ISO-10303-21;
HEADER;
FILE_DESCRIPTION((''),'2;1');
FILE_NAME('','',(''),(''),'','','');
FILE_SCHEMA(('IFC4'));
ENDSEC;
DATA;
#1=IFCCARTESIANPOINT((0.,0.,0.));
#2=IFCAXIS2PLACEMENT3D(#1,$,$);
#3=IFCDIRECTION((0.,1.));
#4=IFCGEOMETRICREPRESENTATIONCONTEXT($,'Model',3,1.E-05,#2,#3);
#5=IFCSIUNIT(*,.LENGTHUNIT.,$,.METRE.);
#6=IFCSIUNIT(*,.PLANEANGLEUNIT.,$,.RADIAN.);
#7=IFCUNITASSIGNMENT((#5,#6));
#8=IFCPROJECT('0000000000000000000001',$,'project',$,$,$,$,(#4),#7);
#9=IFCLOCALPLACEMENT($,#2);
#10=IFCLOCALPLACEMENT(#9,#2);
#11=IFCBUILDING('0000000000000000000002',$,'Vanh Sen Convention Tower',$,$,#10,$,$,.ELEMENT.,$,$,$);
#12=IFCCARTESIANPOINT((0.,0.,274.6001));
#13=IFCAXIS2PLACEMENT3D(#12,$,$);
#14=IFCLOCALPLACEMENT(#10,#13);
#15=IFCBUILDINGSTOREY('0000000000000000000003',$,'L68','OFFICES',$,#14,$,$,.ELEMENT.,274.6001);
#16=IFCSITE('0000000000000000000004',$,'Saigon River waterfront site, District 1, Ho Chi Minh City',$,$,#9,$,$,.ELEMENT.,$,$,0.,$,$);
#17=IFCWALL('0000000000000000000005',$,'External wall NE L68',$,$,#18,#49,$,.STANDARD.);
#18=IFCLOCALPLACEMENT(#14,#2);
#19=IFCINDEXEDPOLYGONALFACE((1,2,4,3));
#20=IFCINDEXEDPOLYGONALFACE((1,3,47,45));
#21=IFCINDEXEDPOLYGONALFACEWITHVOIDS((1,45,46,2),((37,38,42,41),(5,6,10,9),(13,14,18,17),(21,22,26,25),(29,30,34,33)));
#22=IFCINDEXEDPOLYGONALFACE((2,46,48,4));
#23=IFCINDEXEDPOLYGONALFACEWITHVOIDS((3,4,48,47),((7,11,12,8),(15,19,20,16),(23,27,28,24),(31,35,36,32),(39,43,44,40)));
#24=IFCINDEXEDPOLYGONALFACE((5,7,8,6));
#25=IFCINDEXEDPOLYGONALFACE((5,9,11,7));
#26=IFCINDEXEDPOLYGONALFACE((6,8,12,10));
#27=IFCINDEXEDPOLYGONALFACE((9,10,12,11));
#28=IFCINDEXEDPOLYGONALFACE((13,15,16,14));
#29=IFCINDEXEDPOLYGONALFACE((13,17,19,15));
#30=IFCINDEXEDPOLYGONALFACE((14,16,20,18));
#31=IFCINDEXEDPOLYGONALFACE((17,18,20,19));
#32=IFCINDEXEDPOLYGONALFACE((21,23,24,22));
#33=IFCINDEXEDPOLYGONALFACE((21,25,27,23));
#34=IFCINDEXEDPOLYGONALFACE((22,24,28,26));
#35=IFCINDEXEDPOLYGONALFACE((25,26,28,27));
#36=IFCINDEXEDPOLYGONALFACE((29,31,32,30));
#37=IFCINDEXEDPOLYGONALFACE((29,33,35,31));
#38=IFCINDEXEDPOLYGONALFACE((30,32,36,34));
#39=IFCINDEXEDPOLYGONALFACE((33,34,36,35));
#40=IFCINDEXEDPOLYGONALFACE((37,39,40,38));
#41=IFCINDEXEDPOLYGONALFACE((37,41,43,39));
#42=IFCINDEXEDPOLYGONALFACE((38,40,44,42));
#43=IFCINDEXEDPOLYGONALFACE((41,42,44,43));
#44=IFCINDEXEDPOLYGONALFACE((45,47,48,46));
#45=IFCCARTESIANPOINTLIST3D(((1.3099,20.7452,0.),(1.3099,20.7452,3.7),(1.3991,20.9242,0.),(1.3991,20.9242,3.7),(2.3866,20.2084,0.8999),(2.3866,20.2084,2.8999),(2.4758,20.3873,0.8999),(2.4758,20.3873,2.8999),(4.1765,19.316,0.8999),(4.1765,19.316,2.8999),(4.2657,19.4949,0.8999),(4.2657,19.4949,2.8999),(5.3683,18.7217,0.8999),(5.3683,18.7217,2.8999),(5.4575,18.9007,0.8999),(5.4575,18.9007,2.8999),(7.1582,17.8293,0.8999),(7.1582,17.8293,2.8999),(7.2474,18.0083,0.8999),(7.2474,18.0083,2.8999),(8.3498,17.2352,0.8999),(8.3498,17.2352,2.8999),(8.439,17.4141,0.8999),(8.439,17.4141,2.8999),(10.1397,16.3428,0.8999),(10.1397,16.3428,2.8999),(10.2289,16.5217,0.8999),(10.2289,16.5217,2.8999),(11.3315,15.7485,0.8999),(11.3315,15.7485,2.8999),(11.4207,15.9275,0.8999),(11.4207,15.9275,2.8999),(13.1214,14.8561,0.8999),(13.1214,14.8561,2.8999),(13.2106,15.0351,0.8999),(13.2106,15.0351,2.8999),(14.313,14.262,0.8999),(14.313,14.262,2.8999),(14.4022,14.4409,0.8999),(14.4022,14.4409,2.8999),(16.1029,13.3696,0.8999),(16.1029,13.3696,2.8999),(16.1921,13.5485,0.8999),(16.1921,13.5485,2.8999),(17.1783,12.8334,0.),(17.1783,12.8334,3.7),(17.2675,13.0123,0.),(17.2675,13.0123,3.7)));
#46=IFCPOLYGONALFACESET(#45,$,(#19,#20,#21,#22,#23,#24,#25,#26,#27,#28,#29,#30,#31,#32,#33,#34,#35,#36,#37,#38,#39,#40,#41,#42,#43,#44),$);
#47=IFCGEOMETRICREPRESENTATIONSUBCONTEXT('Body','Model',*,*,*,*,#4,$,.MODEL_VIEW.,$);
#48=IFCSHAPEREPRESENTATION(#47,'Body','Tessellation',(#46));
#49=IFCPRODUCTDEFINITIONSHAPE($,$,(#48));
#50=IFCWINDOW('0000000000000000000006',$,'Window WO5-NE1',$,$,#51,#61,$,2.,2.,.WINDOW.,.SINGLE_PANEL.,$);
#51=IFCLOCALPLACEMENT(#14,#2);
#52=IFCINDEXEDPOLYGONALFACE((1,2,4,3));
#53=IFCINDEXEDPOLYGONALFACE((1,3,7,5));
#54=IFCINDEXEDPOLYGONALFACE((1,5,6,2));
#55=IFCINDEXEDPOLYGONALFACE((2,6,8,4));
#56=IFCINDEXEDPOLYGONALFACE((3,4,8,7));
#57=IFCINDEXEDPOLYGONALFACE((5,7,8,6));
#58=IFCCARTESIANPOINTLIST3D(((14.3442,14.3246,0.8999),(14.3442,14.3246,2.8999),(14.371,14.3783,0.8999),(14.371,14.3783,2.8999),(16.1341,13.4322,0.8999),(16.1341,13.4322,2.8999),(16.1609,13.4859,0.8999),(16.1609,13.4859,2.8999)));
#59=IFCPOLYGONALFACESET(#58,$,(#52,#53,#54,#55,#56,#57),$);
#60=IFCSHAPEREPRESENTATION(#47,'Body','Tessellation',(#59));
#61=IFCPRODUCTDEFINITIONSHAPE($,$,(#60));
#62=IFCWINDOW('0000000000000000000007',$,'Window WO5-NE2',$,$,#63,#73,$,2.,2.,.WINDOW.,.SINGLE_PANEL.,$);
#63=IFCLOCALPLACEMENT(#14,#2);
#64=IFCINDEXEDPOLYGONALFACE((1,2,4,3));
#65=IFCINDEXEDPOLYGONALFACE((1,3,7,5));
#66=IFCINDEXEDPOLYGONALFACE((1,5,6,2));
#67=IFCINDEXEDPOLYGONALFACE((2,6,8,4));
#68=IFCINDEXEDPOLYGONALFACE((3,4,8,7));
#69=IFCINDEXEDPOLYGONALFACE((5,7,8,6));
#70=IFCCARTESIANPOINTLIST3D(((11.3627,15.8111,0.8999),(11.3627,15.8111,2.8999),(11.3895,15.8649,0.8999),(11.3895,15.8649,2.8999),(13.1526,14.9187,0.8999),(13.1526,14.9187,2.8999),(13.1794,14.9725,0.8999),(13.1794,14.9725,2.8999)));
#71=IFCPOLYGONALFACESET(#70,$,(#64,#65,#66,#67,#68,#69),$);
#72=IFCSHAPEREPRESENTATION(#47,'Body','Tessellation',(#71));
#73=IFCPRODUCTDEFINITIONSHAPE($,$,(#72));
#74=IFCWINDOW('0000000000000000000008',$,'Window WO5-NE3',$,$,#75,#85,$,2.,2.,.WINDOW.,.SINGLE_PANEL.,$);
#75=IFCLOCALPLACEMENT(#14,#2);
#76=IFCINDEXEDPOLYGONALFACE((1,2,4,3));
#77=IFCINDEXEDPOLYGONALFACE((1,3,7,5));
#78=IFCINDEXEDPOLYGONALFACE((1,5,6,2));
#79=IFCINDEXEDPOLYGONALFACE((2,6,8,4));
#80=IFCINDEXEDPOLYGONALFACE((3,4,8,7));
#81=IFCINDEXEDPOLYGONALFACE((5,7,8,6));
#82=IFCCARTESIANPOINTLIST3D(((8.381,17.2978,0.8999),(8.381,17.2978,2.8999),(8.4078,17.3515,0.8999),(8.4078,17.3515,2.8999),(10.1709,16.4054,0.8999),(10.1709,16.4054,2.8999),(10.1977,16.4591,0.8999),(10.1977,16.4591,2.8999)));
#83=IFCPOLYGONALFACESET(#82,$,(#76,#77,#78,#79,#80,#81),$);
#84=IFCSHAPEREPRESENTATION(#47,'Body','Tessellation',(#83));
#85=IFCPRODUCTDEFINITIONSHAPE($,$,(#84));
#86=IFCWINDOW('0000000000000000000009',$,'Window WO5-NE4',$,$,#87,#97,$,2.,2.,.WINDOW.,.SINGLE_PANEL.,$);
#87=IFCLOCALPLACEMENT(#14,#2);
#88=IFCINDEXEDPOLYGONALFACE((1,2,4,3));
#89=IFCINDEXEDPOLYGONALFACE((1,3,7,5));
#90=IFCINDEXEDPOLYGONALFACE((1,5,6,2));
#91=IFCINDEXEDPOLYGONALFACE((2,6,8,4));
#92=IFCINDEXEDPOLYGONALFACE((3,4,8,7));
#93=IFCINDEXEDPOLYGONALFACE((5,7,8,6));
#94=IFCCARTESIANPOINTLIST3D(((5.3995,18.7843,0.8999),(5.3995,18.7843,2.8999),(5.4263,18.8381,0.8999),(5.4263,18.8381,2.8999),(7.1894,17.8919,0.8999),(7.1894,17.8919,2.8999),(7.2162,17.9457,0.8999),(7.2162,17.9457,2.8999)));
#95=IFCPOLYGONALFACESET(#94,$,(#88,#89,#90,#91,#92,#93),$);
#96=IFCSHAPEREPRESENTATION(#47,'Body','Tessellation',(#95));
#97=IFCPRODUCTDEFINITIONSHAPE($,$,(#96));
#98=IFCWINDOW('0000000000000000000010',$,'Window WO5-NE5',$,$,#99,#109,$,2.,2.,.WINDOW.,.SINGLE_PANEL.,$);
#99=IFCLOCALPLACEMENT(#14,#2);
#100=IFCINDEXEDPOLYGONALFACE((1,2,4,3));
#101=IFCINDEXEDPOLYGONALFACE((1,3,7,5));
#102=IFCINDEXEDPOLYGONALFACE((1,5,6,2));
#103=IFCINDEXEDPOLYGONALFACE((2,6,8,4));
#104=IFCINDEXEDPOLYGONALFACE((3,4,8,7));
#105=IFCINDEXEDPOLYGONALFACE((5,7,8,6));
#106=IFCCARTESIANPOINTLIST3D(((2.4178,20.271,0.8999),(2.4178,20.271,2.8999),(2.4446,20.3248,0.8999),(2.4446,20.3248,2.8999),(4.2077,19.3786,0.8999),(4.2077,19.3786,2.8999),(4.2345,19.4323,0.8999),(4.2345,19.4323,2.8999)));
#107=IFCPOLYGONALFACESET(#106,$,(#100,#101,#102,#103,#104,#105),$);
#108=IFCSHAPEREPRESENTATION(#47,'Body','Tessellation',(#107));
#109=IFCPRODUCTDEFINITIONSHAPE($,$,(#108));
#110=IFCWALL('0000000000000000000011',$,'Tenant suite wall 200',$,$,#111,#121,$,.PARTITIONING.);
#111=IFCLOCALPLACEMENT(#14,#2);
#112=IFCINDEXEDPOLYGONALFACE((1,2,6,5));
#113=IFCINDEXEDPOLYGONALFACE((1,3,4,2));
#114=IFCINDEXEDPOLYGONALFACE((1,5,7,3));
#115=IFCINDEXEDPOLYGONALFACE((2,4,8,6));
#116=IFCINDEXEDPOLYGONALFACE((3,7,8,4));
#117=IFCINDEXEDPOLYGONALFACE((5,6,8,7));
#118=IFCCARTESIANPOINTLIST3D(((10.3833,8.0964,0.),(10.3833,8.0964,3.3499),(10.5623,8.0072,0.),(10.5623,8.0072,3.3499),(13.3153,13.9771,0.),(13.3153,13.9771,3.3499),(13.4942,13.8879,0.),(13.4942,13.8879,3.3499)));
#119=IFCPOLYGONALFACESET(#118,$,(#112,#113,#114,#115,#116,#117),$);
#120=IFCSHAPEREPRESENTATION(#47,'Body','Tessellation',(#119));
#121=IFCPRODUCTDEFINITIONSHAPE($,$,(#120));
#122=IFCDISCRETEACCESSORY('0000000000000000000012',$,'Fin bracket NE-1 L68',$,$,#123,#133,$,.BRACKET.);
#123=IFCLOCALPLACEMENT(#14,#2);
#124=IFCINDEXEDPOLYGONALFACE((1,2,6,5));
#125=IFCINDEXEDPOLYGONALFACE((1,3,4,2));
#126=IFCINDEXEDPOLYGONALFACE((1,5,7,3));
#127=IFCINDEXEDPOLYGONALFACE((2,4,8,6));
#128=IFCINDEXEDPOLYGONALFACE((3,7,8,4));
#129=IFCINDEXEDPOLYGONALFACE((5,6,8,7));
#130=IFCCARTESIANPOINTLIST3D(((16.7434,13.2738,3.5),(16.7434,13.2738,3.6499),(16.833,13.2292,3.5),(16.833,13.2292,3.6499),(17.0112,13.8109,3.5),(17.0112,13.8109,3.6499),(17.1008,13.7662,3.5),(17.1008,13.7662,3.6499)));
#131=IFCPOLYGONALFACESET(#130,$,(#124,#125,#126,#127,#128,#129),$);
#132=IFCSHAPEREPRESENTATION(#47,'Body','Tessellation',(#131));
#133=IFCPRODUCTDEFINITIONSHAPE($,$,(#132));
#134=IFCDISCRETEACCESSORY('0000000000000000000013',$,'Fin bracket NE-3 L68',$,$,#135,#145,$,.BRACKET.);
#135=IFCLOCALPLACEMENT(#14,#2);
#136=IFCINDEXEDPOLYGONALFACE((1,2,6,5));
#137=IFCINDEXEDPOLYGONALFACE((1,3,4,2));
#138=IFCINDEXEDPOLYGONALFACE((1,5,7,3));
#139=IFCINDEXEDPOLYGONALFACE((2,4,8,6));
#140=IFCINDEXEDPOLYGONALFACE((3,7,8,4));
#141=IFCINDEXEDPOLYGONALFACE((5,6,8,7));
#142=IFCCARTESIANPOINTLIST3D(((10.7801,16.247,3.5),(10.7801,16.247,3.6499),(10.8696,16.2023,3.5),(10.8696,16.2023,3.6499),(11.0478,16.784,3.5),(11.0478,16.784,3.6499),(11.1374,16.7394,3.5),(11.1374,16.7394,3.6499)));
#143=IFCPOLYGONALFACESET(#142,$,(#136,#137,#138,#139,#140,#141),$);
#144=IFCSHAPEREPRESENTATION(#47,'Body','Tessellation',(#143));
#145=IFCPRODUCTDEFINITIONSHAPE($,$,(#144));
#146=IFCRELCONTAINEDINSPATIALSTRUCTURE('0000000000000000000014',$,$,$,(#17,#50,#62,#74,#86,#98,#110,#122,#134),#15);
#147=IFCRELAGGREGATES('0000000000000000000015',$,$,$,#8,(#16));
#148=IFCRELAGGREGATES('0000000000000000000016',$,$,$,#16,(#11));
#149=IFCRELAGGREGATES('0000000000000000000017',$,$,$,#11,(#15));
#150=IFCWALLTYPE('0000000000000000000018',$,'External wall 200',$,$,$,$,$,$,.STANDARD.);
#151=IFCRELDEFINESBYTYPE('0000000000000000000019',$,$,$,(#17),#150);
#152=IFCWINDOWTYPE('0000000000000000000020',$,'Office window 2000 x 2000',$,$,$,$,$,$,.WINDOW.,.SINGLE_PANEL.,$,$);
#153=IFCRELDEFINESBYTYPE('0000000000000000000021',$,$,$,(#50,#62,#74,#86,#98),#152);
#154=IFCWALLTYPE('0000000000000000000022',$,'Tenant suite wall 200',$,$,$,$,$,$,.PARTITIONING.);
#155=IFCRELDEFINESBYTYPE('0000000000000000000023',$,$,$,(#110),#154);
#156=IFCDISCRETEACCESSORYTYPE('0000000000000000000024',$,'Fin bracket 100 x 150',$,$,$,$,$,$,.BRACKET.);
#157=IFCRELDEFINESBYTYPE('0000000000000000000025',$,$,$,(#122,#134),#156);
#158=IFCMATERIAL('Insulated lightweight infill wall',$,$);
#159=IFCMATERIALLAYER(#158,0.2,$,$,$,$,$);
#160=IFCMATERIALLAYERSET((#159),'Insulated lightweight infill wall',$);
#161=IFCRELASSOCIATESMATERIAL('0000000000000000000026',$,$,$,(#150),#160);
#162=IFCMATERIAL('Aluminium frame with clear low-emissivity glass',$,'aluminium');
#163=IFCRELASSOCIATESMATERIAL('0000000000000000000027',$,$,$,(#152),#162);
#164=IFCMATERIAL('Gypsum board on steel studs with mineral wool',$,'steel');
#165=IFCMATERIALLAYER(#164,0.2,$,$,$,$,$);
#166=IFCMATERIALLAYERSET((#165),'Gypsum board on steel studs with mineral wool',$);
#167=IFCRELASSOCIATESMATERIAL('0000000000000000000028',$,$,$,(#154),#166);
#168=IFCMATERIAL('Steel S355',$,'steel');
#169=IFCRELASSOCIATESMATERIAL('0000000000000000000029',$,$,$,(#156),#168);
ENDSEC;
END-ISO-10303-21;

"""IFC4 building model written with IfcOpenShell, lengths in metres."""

from ifc_helpers import new_model, si_unit, direction, frame, frame_2d, origin, origin_2d, place, context, subcontext, project, spatial, rectangle, extrude, material, layer, layer_set, type_object, element, fill, save


model = new_model("IFC4")

# Units and contexts
model_context = context("Model", 3, precision=1e-05, world=origin(), true_north=direction((0.0, 1.0)))
body_context = subcontext(model_context, "Body", "Model", "MODEL_VIEW")
ifc_project = project(units=[si_unit("LENGTHUNIT", "METRE"), si_unit("PLANEANGLEUNIT", "RADIAN")], contexts=[model_context])

# Site, building, storey
site_placement = place(None, origin())
site = spatial("IfcSite", under=ifc_project, at=site_placement, Name="Saigon River waterfront site, District 1, Ho Chi Minh City", CompositionType="ELEMENT", RefElevation=0.0)
building_placement = place(site_placement, origin())
building = spatial("IfcBuilding", under=site, at=building_placement, Name="Vanh Sen Convention Tower", CompositionType="ELEMENT")
storey_placement = place(building_placement, frame((0.0, 0.0, 274.6001)))
storey = spatial("IfcBuildingStorey", under=building, at=storey_placement, Name="L68", Description="OFFICES", CompositionType="ELEMENT", Elevation=274.6001)

# Shared definitions
ifc_material_1 = material(Name="Insulated lightweight infill wall")
ifc_layer_1 = layer(ifc_material_1, 0.2)
ifc_layer_set_1 = layer_set([ifc_layer_1], Name="Insulated lightweight infill wall")
wall_type_1 = type_object("IfcWallType", Name="External wall 200", PredefinedType="STANDARD", material=ifc_layer_set_1)
ifc_material_2 = material(Name="Aluminium frame with clear low-emissivity glass", Category="aluminium")

# Wall, openings, windows
wall_1_placement = place(storey_placement, frame((17.2229, 12.9229, 0.0), z_axis=(0.0, 0.0, 1.0), x_axis=(-0.894931, 0.446205, 0.0)))
wall_1 = element("IfcWall", 1, at=wall_1_placement, inside=storey, type_object=wall_type_1, Name="External wall NE L68", PredefinedType="STANDARD", context=body_context, shape_type="SweptSolid", body=[
    extrude(rectangle(XDim=17.7314, YDim=0.2, at=frame_2d((8.8657, 0.0))), origin(), (0.0, 0.0, 1.0), 3.7),
])
opening_1_placement = place(wall_1_placement, frame((1.2017, 0.0, 0.8999)))
opening_1 = element("IfcOpeningElement", 2, at=opening_1_placement, cuts=wall_1, PredefinedType="OPENING", context=body_context, shape_type="SweptSolid", body=[
    extrude(rectangle(XDim=2.0, YDim=2.0, at=frame_2d((1.0, 1.0))), frame((0.0, 0.1099, 0.0), z_axis=(0.0, -1.0, 0.0), x_axis=(1.0, 0.0, 0.0)), (0.0, 0.0, 1.0), 0.22),
])
opening_2_placement = place(wall_1_placement, frame((4.5332, 0.0, 0.8999)))
opening_2 = element("IfcOpeningElement", 3, at=opening_2_placement, cuts=wall_1, PredefinedType="OPENING", context=body_context, shape_type="SweptSolid", body=[
    extrude(rectangle(XDim=2.0, YDim=2.0, at=frame_2d((1.0, 1.0))), frame((0.0, 0.1099, 0.0), z_axis=(0.0, -1.0, 0.0), x_axis=(1.0, 0.0, 0.0)), (0.0, 0.0, 1.0), 0.22),
])
opening_3_placement = place(wall_1_placement, frame((7.865, 0.0, 0.8999)))
opening_3 = element("IfcOpeningElement", 4, at=opening_3_placement, cuts=wall_1, PredefinedType="OPENING", context=body_context, shape_type="SweptSolid", body=[
    extrude(rectangle(XDim=2.0, YDim=2.0, at=frame_2d((1.0, 1.0))), frame((0.0, 0.1099, 0.0), z_axis=(0.0, -1.0, 0.0), x_axis=(1.0, 0.0, 0.0)), (0.0, 0.0, 1.0), 0.22),
])
opening_4_placement = place(wall_1_placement, frame((11.1965, 0.0, 0.8999)))
opening_4 = element("IfcOpeningElement", 5, at=opening_4_placement, cuts=wall_1, PredefinedType="OPENING", context=body_context, shape_type="SweptSolid", body=[
    extrude(rectangle(XDim=2.0, YDim=2.0, at=frame_2d((1.0, 1.0))), frame((0.0, 0.1099, 0.0), z_axis=(0.0, -1.0, 0.0), x_axis=(1.0, 0.0, 0.0)), (0.0, 0.0, 1.0), 0.22),
])
opening_5_placement = place(wall_1_placement, frame((14.5283, 0.0, 0.8999)))
opening_5 = element("IfcOpeningElement", 6, at=opening_5_placement, cuts=wall_1, PredefinedType="OPENING", context=body_context, shape_type="SweptSolid", body=[
    extrude(rectangle(XDim=2.0, YDim=2.0, at=frame_2d((1.0, 1.0))), frame((0.0, 0.1099, 0.0), z_axis=(0.0, -1.0, 0.0), x_axis=(1.0, 0.0, 0.0)), (0.0, 0.0, 1.0), 0.22),
])
window_type_1 = type_object("IfcWindowType", Name="Office window 2000 x 2000", PartitioningType="SINGLE_PANEL", PredefinedType="WINDOW", material=ifc_material_2)
window_1_placement = place(opening_1_placement, origin())
window_1 = element("IfcWindow", 7, at=window_1_placement, inside=storey, type_object=window_type_1, Name="Window WO5-NE1", OverallHeight=2.0, OverallWidth=2.0, PartitioningType="SINGLE_PANEL", PredefinedType="WINDOW", context=body_context, shape_type="SweptSolid", body=[
    extrude(rectangle(XDim=2.0, YDim=2.0, at=frame_2d((1.0, 1.0))), frame((0.0, 0.03, 0.0), z_axis=(0.0, -1.0, 0.0), x_axis=(1.0, 0.0, 0.0)), (0.0, 0.0, 1.0), 0.0601),
])
fill(opening_1, window_1)
window_2_placement = place(opening_2_placement, origin())
window_2 = element("IfcWindow", 8, at=window_2_placement, inside=storey, type_object=window_type_1, Name="Window WO5-NE2", OverallHeight=2.0, OverallWidth=2.0, PartitioningType="SINGLE_PANEL", PredefinedType="WINDOW", context=body_context, shape_type="SweptSolid", body=[
    extrude(rectangle(XDim=2.0, YDim=2.0, at=frame_2d((1.0, 1.0))), frame((0.0, 0.03, 0.0), z_axis=(0.0, -1.0, 0.0), x_axis=(1.0, 0.0, 0.0)), (0.0, 0.0, 1.0), 0.0601),
])
fill(opening_2, window_2)
window_3_placement = place(opening_3_placement, origin())
window_3 = element("IfcWindow", 9, at=window_3_placement, inside=storey, type_object=window_type_1, Name="Window WO5-NE3", OverallHeight=2.0, OverallWidth=2.0, PartitioningType="SINGLE_PANEL", PredefinedType="WINDOW", context=body_context, shape_type="SweptSolid", body=[
    extrude(rectangle(XDim=2.0, YDim=2.0, at=frame_2d((1.0, 1.0))), frame((0.0, 0.03, 0.0), z_axis=(0.0, -1.0, 0.0), x_axis=(1.0, 0.0, 0.0)), (0.0, 0.0, 1.0), 0.0601),
])
fill(opening_3, window_3)
window_4_placement = place(opening_4_placement, origin())
window_4 = element("IfcWindow", 10, at=window_4_placement, inside=storey, type_object=window_type_1, Name="Window WO5-NE4", OverallHeight=2.0, OverallWidth=2.0, PartitioningType="SINGLE_PANEL", PredefinedType="WINDOW", context=body_context, shape_type="SweptSolid", body=[
    extrude(rectangle(XDim=2.0, YDim=2.0, at=frame_2d((1.0, 1.0))), frame((0.0, 0.03, 0.0), z_axis=(0.0, -1.0, 0.0), x_axis=(1.0, 0.0, 0.0)), (0.0, 0.0, 1.0), 0.0601),
])
fill(opening_4, window_4)
window_5_placement = place(opening_5_placement, origin())
window_5 = element("IfcWindow", 11, at=window_5_placement, inside=storey, type_object=window_type_1, Name="Window WO5-NE5", OverallHeight=2.0, OverallWidth=2.0, PartitioningType="SINGLE_PANEL", PredefinedType="WINDOW", context=body_context, shape_type="SweptSolid", body=[
    extrude(rectangle(XDim=2.0, YDim=2.0, at=frame_2d((1.0, 1.0))), frame((0.0, 0.03, 0.0), z_axis=(0.0, -1.0, 0.0), x_axis=(1.0, 0.0, 0.0)), (0.0, 0.0, 1.0), 0.0601),
])
fill(opening_5, window_5)

# Wall
ifc_material_3 = material(Name="Gypsum board on steel studs with mineral wool", Category="steel")
ifc_layer_2 = layer(ifc_material_3, 0.2)
ifc_layer_set_2 = layer_set([ifc_layer_2], Name="Gypsum board on steel studs with mineral wool")
wall_type_2 = type_object("IfcWallType", Name="Tenant suite wall 200", PredefinedType="PARTITIONING", material=ifc_layer_set_2)
wall_2_placement = place(storey_placement, frame((13.4048, 13.9326, 0.0), z_axis=(0.0, 0.0, 1.0), x_axis=(-0.446188, -0.894939, 0.0)))
element("IfcWall", 12, at=wall_2_placement, inside=storey, type_object=wall_type_2, Name="Tenant suite wall 200", PredefinedType="PARTITIONING", context=body_context, shape_type="SweptSolid", body=[
    extrude(rectangle(XDim=6.571, YDim=0.2, at=frame_2d((3.2856, 0.0))), origin(), (0.0, 0.0, 1.0), 3.3499),
])

# Discrete accessories
ifc_material_4 = material(Name="Steel S355", Category="steel")
discrete_accessory_type = type_object("IfcDiscreteAccessoryType", Name="Fin bracket 100 x 150", PredefinedType="BRACKET", material=ifc_material_4)
for number, where, z_axis, x_axis, name in (
    (13, (16.9221, 13.52, 3.5), (0.0, 0.0, 1.0), (0.446198, 0.894934, 0.0), "Fin bracket NE-1 L68"),
    (14, (10.9587, 16.4932, 3.5), (0.0, 0.0, 1.0), (0.446198, 0.894934, 0.0), "Fin bracket NE-3 L68"),
):
    element("IfcDiscreteAccessory", number, at=place(storey_placement, frame(where, z_axis=z_axis, x_axis=x_axis)), inside=storey, type_object=discrete_accessory_type, Name=name, PredefinedType="BRACKET", context=body_context, shape_type="SweptSolid", body=[
        extrude(rectangle(XDim=0.6001, YDim=0.1001, at=origin_2d()), origin(), (0.0, 0.0, 1.0), 0.1499),
    ])

save(model, "model.ifc")
